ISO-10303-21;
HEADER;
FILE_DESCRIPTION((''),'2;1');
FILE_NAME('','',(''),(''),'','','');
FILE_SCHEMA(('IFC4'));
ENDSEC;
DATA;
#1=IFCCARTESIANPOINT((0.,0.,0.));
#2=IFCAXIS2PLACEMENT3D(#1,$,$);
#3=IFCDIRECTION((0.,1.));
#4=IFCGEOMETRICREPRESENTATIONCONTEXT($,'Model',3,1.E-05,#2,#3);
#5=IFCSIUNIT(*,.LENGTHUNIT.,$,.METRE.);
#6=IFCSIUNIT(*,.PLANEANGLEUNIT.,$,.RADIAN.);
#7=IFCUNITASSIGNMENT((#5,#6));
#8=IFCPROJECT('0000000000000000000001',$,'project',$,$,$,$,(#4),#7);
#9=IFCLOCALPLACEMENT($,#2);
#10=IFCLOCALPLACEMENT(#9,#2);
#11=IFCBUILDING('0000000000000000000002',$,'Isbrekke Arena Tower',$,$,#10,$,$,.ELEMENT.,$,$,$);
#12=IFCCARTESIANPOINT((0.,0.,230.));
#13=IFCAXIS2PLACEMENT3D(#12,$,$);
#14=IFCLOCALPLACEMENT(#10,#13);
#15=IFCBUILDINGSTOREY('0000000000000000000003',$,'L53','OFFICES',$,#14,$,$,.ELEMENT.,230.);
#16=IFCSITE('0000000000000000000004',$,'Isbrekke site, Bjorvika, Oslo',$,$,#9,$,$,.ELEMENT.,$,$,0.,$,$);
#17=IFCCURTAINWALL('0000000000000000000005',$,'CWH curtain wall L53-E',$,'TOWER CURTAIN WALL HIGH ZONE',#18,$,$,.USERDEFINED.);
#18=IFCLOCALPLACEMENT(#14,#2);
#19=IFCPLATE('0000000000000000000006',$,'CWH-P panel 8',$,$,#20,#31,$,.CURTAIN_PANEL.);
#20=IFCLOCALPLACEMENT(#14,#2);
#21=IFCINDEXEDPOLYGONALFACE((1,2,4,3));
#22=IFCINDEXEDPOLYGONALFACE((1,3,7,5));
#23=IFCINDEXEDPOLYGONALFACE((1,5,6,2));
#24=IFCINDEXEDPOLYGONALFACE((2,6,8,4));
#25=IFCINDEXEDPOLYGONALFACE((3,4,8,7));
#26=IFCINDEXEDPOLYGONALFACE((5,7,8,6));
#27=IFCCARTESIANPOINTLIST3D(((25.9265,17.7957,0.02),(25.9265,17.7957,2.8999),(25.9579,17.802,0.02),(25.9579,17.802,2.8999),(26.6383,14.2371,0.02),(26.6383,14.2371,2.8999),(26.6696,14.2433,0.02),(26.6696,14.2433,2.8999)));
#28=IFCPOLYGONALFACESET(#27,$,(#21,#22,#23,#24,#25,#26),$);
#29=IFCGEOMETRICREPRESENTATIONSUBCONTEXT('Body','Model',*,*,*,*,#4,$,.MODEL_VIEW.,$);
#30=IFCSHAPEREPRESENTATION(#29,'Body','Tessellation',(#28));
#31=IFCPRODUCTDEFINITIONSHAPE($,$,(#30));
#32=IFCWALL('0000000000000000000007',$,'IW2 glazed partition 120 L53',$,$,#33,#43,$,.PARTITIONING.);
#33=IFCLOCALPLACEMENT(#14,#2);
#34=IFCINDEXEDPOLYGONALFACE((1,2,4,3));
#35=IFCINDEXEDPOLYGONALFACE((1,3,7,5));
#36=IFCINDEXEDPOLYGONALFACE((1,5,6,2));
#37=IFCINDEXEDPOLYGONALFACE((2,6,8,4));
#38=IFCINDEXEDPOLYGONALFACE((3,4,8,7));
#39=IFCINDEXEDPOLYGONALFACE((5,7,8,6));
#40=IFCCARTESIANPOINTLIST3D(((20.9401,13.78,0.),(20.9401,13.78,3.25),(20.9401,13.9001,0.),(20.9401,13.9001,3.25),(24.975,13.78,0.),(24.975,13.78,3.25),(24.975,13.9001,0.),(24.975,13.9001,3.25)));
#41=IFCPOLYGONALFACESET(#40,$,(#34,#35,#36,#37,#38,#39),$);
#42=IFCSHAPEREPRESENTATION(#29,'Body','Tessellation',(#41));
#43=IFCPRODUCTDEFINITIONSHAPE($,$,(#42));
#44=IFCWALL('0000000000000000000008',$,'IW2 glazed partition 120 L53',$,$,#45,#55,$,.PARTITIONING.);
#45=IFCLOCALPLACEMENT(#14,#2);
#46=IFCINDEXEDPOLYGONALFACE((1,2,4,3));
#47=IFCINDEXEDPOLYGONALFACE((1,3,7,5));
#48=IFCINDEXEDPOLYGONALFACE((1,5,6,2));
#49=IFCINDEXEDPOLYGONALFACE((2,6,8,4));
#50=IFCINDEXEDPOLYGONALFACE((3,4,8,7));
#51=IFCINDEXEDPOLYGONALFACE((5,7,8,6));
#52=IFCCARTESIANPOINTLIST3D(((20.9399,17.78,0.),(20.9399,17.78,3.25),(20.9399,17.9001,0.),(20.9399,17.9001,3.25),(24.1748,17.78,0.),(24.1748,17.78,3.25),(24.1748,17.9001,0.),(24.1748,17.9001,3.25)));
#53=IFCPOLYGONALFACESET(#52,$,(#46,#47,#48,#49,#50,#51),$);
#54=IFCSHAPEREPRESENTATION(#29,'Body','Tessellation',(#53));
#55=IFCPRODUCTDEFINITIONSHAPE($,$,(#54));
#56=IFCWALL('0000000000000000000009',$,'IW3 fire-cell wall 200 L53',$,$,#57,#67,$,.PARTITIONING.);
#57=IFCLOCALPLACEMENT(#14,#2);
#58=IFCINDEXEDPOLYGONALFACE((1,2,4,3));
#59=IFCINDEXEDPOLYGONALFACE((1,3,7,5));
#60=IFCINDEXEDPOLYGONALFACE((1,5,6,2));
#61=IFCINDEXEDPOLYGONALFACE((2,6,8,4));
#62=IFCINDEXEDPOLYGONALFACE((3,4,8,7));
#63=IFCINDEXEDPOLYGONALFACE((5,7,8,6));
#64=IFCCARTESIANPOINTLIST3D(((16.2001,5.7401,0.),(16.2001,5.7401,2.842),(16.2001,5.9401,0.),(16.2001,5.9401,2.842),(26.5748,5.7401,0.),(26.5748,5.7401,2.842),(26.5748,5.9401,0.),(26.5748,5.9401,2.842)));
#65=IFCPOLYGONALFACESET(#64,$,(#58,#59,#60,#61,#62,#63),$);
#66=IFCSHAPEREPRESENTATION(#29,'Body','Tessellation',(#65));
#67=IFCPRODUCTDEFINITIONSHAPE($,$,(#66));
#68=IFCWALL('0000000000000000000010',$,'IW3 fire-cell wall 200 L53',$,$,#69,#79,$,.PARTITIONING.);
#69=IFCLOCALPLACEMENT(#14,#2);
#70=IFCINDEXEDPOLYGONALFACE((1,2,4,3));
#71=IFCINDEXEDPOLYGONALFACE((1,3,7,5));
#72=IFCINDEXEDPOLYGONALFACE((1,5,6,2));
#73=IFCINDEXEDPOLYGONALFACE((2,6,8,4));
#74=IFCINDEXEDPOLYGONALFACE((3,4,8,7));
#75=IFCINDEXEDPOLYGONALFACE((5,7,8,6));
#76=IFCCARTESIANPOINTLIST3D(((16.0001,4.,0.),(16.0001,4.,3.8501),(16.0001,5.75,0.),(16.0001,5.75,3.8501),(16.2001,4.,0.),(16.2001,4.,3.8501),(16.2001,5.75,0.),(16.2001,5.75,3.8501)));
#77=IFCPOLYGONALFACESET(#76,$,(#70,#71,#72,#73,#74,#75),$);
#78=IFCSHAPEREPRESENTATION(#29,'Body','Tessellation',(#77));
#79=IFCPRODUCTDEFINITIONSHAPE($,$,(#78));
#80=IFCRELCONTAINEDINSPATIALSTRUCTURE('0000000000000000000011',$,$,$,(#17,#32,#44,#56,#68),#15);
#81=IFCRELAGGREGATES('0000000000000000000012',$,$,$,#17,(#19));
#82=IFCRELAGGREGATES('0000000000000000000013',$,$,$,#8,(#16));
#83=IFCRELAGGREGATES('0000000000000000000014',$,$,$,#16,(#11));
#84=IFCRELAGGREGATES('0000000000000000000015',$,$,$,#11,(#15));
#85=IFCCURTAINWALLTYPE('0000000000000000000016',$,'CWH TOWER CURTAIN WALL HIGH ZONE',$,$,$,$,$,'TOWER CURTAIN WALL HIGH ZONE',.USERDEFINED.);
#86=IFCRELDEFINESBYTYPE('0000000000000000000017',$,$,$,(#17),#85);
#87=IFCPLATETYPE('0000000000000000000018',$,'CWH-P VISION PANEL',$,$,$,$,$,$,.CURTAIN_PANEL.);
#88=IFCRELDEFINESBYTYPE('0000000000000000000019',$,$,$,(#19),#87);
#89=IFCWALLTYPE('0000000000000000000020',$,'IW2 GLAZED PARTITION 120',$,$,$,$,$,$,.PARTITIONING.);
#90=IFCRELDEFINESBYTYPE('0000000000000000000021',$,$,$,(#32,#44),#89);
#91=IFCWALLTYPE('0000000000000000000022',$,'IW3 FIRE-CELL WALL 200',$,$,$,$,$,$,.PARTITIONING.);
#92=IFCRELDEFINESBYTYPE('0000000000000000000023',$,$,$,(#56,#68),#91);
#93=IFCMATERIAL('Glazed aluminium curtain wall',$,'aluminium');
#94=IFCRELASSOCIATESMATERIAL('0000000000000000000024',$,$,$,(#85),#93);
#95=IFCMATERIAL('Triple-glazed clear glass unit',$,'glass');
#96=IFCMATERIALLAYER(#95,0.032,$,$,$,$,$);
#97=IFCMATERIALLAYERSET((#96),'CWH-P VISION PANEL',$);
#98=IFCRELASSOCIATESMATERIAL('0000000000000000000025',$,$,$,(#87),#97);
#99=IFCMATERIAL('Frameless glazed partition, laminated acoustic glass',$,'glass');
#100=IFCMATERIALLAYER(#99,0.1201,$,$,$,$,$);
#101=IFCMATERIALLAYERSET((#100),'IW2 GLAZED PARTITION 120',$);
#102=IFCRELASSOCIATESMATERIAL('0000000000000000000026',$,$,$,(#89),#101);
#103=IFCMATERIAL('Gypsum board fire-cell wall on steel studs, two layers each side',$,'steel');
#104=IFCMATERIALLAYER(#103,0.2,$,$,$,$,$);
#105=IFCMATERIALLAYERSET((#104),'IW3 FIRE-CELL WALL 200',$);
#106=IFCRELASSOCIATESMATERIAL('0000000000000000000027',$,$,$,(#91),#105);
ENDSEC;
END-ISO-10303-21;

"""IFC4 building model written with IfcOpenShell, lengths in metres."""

from ifc_helpers import new_model, si_unit, direction, frame, frame_2d, origin, origin_2d, place, context, subcontext, project, spatial, rectangle, extrude, material, layer, layer_set, type_object, element, aggregate, save


model = new_model("IFC4")

# Units and contexts
model_context = context("Model", 3, precision=1e-05, world=origin(), true_north=direction((0.0, 1.0)))
body_context = subcontext(model_context, "Body", "Model", "MODEL_VIEW")
ifc_project = project(units=[si_unit("LENGTHUNIT", "METRE"), si_unit("PLANEANGLEUNIT", "RADIAN")], contexts=[model_context])

# Site, building, storey
site_placement = place(None, origin())
site = spatial("IfcSite", under=ifc_project, at=site_placement, Name="Isbrekke site, Bjorvika, Oslo", CompositionType="ELEMENT", RefElevation=0.0)
building_placement = place(site_placement, origin())
building = spatial("IfcBuilding", under=site, at=building_placement, Name="Isbrekke Arena Tower", CompositionType="ELEMENT")
storey_placement = place(building_placement, frame((0.0, 0.0, 230.0)))
storey = spatial("IfcBuildingStorey", under=building, at=storey_placement, Name="L53", Description="OFFICES", CompositionType="ELEMENT", Elevation=230.0)

# Curtain wall
ifc_material_1 = material(Name="Glazed aluminium curtain wall", Category="aluminium")
curtain_wall_type = type_object("IfcCurtainWallType", Name="CWH TOWER CURTAIN WALL HIGH ZONE", ElementType="TOWER CURTAIN WALL HIGH ZONE", PredefinedType="USERDEFINED", material=ifc_material_1)
curtain_wall_placement = place(storey_placement, origin())
curtain_wall = element("IfcCurtainWall", 1, at=curtain_wall_placement, inside=storey, type_object=curtain_wall_type, Name="CWH curtain wall L53-E", ObjectType="TOWER CURTAIN WALL HIGH ZONE", PredefinedType="USERDEFINED")

# Plate
ifc_material_2 = material(Name="Triple-glazed clear glass unit", Category="glass")
ifc_layer_1 = layer(ifc_material_2, 0.032)
ifc_layer_set_1 = layer_set([ifc_layer_1], Name="CWH-P VISION PANEL")
plate_type = type_object("IfcPlateType", Name="CWH-P VISION PANEL", PredefinedType="CURTAIN_PANEL", material=ifc_layer_set_1)
plate_1_placement = place(storey_placement, frame((26.2981, 16.0195, 0.02), z_axis=(0.0, 0.0, 1.0), x_axis=(-0.196116, 0.980581, 0.0)))
plate_1 = element("IfcPlate", 2, at=plate_1_placement, type_object=plate_type, Name="CWH-P panel 8", PredefinedType="CURTAIN_PANEL", context=body_context, shape_type="SweptSolid", body=[
    extrude(rectangle(XDim=3.6292, YDim=0.032, at=origin_2d()), origin(), (0.0, 0.0, 1.0), 2.8799),
])
aggregate(curtain_wall, [plate_1])

# Walls
ifc_material_3 = material(Name="Frameless glazed partition, laminated acoustic glass", Category="glass")
ifc_layer_2 = layer(ifc_material_3, 0.1201)
ifc_layer_set_2 = layer_set([ifc_layer_2], Name="IW2 GLAZED PARTITION 120")
wall_type_1 = type_object("IfcWallType", Name="IW2 GLAZED PARTITION 120", PredefinedType="PARTITIONING", material=ifc_layer_set_2)
wall_1_placement = place(storey_placement, frame((20.9399, 13.8401, 0.0), z_axis=(0.0, 0.0, 1.0), x_axis=(1.0, 0.0, 0.0)))
element("IfcWall", 3, at=wall_1_placement, inside=storey, type_object=wall_type_1, Name="IW2 glazed partition 120 L53", PredefinedType="PARTITIONING", context=body_context, shape_type="SweptSolid", body=[
    extrude(rectangle(XDim=4.0349, YDim=0.1201, at=frame_2d((2.0176, 0.0))), origin(), (0.0, 0.0, 1.0), 3.25),
])
wall_2_placement = place(storey_placement, frame((20.9399, 17.8401, 0.0), z_axis=(0.0, 0.0, 1.0), x_axis=(1.0, 0.0, 0.0)))
element("IfcWall", 4, at=wall_2_placement, inside=storey, type_object=wall_type_1, Name="IW2 glazed partition 120 L53", PredefinedType="PARTITIONING", context=body_context, shape_type="SweptSolid", body=[
    extrude(rectangle(XDim=3.2349, YDim=0.1201, at=frame_2d((1.6174, 0.0))), origin(), (0.0, 0.0, 1.0), 3.25),
])

# Walls
ifc_material_4 = material(Name="Gypsum board fire-cell wall on steel studs, two layers each side", Category="steel")
ifc_layer_3 = layer(ifc_material_4, 0.2)
ifc_layer_set_3 = layer_set([ifc_layer_3], Name="IW3 FIRE-CELL WALL 200")
wall_type_2 = type_object("IfcWallType", Name="IW3 FIRE-CELL WALL 200", PredefinedType="PARTITIONING", material=ifc_layer_set_3)
wall_3_placement = place(storey_placement, frame((16.2, 5.8401, 0.0), z_axis=(0.0, 0.0, 1.0), x_axis=(1.0, 0.0, 0.0)))
element("IfcWall", 5, at=wall_3_placement, inside=storey, type_object=wall_type_2, Name="IW3 fire-cell wall 200 L53", PredefinedType="PARTITIONING", context=body_context, shape_type="SweptSolid", body=[
    extrude(rectangle(XDim=10.3748, YDim=0.2, at=frame_2d((5.1875, 0.0))), origin(), (0.0, 0.0, 1.0), 2.842),
])
wall_4_placement = place(storey_placement, frame((16.1001, 4.0, 0.0), z_axis=(0.0, 0.0, 1.0), x_axis=(0.0, 1.0, 0.0)))
element("IfcWall", 6, at=wall_4_placement, inside=storey, type_object=wall_type_2, Name="IW3 fire-cell wall 200 L53", PredefinedType="PARTITIONING", context=body_context, shape_type="SweptSolid", body=[
    extrude(rectangle(XDim=1.75, YDim=0.2, at=frame_2d((0.875, 0.0))), origin(), (0.0, 0.0, 1.0), 3.8501),
])

save(model, "model.ifc")
